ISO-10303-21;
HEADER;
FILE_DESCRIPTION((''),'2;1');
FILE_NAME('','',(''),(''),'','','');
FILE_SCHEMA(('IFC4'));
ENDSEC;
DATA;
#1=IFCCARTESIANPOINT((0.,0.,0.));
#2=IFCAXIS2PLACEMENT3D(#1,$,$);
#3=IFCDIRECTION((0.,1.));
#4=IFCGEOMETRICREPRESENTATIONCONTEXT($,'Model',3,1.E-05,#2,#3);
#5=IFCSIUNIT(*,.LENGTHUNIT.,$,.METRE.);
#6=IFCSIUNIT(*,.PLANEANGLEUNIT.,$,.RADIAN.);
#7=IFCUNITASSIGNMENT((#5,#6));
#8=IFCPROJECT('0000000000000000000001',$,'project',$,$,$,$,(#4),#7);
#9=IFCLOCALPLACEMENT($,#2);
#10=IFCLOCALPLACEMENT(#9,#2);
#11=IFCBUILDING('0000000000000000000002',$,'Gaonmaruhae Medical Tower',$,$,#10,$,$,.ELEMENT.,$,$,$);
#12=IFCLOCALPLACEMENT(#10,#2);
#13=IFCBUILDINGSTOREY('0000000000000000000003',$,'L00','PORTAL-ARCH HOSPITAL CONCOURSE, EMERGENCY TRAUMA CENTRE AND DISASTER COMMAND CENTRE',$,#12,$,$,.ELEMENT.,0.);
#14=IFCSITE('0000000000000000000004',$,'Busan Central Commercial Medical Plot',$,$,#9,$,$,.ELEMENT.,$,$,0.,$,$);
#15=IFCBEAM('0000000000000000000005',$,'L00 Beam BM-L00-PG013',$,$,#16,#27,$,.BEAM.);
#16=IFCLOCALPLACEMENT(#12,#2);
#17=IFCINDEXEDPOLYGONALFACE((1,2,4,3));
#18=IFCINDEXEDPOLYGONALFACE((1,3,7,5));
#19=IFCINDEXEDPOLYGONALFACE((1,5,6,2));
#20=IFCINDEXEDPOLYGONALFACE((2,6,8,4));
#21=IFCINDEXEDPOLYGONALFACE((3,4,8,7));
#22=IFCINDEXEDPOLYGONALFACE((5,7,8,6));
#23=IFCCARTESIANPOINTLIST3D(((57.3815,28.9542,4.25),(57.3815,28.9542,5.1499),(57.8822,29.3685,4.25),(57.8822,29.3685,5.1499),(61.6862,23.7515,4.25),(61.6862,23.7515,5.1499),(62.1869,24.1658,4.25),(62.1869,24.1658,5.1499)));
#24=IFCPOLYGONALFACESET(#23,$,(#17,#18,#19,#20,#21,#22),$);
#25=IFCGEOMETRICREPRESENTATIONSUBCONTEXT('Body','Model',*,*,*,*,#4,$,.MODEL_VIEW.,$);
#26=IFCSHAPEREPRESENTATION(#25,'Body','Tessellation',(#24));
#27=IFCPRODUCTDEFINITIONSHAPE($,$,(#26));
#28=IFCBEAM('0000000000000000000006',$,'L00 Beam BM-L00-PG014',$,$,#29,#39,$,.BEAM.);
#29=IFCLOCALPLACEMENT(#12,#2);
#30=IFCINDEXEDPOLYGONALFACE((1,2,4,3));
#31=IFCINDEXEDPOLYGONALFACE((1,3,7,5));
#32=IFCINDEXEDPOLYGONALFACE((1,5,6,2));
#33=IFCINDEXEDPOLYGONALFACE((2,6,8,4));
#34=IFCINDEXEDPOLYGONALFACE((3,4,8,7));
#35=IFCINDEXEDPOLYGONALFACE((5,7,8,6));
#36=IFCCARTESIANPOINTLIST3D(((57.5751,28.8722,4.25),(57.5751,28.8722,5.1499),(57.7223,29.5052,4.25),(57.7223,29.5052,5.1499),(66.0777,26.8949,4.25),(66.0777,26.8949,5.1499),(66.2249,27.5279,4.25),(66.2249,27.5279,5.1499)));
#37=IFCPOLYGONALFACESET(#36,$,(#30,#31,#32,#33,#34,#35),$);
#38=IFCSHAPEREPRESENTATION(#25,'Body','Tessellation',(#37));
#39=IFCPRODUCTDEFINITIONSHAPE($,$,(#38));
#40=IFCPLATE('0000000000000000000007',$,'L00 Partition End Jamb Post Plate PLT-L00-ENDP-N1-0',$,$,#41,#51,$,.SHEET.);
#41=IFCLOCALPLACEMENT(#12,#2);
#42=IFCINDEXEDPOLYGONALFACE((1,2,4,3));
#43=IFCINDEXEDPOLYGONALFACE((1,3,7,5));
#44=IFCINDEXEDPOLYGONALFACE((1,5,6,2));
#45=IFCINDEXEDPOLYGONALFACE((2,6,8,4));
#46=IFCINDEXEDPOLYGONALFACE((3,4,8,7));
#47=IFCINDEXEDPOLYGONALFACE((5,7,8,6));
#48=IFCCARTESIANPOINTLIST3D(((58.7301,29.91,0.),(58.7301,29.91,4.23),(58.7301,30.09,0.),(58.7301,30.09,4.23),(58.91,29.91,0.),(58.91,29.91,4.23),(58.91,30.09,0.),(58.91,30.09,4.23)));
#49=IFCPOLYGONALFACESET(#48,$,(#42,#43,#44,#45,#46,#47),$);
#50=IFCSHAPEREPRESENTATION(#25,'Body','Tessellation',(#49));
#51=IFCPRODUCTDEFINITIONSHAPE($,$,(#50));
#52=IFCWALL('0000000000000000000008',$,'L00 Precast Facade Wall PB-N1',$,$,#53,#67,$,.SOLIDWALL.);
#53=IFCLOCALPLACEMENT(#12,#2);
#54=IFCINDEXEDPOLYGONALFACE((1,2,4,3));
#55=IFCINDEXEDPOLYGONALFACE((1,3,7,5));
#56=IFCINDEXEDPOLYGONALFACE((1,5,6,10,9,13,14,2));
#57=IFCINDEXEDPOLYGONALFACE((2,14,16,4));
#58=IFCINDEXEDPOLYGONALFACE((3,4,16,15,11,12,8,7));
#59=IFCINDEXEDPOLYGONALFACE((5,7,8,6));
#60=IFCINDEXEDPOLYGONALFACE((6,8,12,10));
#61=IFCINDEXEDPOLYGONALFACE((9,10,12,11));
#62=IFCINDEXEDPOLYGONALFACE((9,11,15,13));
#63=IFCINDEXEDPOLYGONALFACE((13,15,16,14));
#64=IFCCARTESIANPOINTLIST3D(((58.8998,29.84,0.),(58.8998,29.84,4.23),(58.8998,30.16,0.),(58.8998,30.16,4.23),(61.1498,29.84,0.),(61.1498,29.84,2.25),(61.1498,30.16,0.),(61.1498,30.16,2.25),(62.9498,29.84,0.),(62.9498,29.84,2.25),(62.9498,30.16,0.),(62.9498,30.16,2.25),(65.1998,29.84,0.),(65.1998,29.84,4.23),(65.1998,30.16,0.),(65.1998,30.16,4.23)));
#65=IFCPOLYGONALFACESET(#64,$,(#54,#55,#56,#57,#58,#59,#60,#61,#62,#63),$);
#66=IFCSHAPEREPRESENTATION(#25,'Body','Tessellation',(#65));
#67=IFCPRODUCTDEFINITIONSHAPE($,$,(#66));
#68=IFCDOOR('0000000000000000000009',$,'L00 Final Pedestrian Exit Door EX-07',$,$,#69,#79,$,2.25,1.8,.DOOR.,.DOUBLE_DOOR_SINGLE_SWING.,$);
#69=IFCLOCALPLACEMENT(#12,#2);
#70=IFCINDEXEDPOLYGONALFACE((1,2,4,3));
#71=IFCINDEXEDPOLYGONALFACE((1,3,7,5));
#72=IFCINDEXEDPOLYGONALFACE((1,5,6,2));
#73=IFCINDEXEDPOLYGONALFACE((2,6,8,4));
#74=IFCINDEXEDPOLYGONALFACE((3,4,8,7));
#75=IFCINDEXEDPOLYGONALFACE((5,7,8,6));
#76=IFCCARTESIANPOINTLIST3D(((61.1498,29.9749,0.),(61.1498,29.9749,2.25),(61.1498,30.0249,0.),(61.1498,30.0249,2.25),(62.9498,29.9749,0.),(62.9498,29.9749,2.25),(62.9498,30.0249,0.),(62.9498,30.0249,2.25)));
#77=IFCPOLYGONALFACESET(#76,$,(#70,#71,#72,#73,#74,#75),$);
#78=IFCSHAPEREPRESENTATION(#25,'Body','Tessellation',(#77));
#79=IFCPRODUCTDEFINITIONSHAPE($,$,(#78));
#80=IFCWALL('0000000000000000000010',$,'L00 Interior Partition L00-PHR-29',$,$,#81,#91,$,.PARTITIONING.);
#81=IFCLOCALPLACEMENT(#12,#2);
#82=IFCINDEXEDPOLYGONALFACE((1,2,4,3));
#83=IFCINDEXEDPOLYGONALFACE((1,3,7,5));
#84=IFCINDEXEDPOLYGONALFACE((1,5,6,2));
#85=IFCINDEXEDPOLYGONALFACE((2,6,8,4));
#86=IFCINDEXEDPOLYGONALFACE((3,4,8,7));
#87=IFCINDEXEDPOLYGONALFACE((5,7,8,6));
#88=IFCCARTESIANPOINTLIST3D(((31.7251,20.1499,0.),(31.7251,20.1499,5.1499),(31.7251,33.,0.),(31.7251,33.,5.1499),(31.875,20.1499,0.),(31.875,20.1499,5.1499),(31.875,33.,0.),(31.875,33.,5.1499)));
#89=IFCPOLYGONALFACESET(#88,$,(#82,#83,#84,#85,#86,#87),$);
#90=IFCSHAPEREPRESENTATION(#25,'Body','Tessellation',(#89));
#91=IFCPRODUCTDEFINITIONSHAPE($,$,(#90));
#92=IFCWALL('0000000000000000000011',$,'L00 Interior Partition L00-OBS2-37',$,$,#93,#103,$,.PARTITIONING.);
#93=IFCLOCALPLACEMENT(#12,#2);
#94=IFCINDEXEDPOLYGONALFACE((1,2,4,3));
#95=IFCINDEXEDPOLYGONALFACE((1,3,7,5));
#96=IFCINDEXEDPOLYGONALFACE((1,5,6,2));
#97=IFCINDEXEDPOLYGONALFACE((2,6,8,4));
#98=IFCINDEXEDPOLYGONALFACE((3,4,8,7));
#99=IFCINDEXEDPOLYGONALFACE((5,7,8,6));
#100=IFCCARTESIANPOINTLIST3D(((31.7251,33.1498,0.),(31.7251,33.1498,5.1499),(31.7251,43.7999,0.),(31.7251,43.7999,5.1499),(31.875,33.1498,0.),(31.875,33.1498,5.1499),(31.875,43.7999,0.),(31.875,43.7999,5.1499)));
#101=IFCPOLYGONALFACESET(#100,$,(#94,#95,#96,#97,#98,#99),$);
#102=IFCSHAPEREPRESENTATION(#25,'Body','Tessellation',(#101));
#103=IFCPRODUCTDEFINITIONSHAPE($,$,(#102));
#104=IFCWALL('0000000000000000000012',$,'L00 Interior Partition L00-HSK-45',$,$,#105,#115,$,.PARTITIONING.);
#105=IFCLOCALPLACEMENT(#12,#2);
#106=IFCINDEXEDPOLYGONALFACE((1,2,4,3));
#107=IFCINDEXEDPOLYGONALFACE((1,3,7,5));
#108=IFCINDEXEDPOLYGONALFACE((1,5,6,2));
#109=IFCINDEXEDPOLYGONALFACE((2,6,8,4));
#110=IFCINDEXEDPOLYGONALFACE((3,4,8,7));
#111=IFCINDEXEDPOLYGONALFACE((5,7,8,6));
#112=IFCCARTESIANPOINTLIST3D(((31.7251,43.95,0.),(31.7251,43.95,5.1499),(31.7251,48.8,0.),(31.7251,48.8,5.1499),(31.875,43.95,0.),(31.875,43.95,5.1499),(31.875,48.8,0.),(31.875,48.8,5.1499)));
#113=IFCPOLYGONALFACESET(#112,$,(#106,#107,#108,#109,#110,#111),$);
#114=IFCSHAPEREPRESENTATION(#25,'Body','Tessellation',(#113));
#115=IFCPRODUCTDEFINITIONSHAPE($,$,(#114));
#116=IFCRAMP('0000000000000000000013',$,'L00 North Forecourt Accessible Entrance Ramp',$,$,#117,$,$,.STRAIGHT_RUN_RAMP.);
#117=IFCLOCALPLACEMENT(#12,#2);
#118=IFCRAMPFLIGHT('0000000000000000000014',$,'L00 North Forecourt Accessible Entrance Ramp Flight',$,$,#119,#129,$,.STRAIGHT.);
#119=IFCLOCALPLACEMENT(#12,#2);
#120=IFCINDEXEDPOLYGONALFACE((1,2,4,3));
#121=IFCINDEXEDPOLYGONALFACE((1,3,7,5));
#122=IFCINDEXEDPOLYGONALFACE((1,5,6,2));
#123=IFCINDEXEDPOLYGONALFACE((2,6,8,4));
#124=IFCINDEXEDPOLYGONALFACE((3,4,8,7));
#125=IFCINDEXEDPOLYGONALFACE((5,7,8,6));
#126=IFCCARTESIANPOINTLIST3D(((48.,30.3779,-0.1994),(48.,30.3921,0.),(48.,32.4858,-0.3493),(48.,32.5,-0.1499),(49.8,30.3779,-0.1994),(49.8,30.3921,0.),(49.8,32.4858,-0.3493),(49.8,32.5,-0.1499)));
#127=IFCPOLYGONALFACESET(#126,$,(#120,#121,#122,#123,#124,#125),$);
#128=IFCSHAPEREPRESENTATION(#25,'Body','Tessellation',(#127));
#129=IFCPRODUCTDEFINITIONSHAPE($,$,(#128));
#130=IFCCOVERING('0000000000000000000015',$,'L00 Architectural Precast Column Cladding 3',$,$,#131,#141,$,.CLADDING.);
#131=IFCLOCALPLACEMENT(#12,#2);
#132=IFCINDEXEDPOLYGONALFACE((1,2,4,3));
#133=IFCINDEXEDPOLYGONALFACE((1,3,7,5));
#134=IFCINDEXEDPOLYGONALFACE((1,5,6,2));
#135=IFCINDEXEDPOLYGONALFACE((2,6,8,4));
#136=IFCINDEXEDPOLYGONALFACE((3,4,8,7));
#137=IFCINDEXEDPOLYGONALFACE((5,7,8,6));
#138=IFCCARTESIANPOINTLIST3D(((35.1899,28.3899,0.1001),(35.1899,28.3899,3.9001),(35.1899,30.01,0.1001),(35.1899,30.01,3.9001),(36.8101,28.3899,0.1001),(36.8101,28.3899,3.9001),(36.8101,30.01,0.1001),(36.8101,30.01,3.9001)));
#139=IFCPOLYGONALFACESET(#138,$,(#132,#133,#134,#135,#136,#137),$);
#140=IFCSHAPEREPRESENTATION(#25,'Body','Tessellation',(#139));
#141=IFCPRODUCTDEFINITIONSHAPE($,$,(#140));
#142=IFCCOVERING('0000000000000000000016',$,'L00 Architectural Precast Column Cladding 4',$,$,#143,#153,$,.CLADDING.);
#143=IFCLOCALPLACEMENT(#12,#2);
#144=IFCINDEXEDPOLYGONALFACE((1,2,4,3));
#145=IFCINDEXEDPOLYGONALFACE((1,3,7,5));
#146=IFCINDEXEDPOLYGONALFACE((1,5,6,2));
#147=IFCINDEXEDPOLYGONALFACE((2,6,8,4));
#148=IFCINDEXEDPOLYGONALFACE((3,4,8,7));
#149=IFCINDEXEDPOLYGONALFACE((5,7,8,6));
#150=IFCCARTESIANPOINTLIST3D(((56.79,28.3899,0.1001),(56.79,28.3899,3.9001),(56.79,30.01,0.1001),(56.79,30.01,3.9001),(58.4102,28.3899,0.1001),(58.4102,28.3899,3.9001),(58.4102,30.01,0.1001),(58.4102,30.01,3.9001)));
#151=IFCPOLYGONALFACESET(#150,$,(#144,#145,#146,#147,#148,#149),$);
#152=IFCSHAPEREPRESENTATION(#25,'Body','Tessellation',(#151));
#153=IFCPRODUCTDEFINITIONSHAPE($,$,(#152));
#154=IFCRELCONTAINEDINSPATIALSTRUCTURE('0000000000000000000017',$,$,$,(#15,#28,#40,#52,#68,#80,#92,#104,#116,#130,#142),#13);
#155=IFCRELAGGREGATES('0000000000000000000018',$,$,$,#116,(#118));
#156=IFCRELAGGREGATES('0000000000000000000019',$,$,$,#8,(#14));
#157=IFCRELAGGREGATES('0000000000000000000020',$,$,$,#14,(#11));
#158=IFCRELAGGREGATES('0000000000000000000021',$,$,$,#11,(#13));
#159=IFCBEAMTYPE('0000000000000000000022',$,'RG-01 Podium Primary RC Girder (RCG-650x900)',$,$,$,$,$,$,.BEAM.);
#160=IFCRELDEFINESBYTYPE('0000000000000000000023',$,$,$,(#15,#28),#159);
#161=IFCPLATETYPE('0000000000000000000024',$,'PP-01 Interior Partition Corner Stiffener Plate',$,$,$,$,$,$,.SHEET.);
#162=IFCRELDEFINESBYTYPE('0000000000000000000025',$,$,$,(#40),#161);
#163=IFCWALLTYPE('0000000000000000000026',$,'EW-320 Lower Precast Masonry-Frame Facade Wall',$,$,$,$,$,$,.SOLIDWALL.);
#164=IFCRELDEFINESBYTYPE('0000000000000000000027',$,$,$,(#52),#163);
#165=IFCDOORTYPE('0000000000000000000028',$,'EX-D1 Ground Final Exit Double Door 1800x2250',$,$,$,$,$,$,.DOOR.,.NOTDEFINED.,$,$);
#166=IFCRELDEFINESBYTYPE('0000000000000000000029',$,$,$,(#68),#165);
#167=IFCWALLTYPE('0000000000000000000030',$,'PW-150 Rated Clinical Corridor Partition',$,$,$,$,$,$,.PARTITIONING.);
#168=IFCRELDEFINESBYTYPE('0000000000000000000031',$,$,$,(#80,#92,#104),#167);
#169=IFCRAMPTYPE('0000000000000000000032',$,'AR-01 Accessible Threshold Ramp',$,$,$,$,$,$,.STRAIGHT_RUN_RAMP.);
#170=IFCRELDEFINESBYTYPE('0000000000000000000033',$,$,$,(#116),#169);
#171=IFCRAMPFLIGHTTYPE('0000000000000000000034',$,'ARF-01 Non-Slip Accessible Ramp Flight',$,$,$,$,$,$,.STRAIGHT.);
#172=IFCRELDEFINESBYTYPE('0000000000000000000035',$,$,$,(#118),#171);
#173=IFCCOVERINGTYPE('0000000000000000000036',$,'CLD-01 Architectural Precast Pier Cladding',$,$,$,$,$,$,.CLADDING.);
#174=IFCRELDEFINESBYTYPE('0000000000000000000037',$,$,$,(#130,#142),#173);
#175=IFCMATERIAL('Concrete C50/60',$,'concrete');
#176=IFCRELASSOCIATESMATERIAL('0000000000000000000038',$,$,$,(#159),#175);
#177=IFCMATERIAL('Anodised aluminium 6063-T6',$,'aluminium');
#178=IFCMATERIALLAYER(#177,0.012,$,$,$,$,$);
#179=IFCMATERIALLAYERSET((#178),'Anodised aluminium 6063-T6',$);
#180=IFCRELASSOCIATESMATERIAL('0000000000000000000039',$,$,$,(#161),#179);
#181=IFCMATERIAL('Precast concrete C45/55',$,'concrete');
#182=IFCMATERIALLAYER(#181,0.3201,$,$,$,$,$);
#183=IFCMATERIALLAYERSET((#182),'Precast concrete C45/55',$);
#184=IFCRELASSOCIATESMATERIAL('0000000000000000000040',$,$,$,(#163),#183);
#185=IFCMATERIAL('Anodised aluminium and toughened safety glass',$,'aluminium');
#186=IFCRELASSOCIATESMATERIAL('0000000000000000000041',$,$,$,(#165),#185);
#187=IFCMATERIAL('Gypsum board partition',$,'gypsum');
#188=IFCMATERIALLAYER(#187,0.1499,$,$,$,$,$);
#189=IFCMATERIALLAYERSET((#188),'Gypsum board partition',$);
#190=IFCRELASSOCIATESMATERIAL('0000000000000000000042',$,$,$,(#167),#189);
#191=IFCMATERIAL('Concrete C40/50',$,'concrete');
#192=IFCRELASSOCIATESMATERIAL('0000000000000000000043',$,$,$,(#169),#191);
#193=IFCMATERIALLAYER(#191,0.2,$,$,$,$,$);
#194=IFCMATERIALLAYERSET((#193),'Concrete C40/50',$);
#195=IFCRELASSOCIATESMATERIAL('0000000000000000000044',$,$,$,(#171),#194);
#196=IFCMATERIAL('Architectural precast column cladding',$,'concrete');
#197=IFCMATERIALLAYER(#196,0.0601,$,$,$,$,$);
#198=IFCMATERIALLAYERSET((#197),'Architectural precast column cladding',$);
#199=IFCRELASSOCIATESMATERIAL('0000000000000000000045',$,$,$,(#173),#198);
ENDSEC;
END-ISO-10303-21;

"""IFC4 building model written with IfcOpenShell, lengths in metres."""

from ifc_helpers import new_model, si_unit, direction, frame, frame_2d, origin, origin_2d, place, context, subcontext, project, spatial, polyline, rectangle, outline, extrude, material, layer, layer_set, material_profile, profile_set, type_object, element, fill, aggregate, save


model = new_model("IFC4")

# Units and contexts
model_context = context("Model", 3, precision=1e-05, world=origin(), true_north=direction((0.0, 1.0)))
body_context = subcontext(model_context, "Body", "Model", "MODEL_VIEW")
ifc_project = project(units=[si_unit("LENGTHUNIT", "METRE"), si_unit("PLANEANGLEUNIT", "RADIAN")], contexts=[model_context])

# Site, building, storey
site_placement = place(None, origin())
site = spatial("IfcSite", under=ifc_project, at=site_placement, Name="Busan Central Commercial Medical Plot", CompositionType="ELEMENT", RefElevation=0.0)
building_placement = place(site_placement, origin())
building = spatial("IfcBuilding", under=site, at=building_placement, Name="Gaonmaruhae Medical Tower", CompositionType="ELEMENT")
storey_placement = place(building_placement, origin())
storey = spatial("IfcBuildingStorey", under=building, at=storey_placement, Name="L00", Description="PORTAL-ARCH HOSPITAL CONCOURSE, EMERGENCY TRAUMA CENTRE AND DISASTER COMMAND CENTRE", CompositionType="ELEMENT", Elevation=0.0)

# Shared definitions
ifc_material_1 = material(Name="Concrete C40/50", Category="concrete")

# Beams
ifc_material_2 = material(Name="Concrete C50/60", Category="concrete")
ifc_material_profile_1 = material_profile(ifc_material_2, rectangle(XDim=0.6499, YDim=0.8999, at=origin_2d()), Name="RCG-650x900")
ifc_profile_set_1 = profile_set([ifc_material_profile_1], Name="Concrete C50/60")
beam_type = type_object("IfcBeamType", Name="RG-01 Podium Primary RC Girder (RCG-650x900)", PredefinedType="BEAM", material=ifc_profile_set_1)
beam_1_placement = place(storey_placement, frame((57.6318, 29.1614, 4.7), z_axis=(0.637485, -0.770463, 0.0), x_axis=(0.770463, 0.637485, 0.0)))
element("IfcBeam", 1, at=beam_1_placement, inside=storey, type_object=beam_type, Name="L00 Beam BM-L00-PG013", PredefinedType="BEAM", context=body_context, shape_type="SweptSolid", body=[
    extrude(rectangle(XDim=0.6499, YDim=0.8999, at=origin_2d()), origin(), (0.0, 0.0, 1.0), 6.7527),
])
beam_2_placement = place(storey_placement, frame((57.6487, 29.1887, 4.7), z_axis=(0.97401, -0.226505, 0.0), x_axis=(0.226505, 0.97401, 0.0)))
element("IfcBeam", 2, at=beam_2_placement, inside=storey, type_object=beam_type, Name="L00 Beam BM-L00-PG014", PredefinedType="BEAM", context=body_context, shape_type="SweptSolid", body=[
    extrude(rectangle(XDim=0.6499, YDim=0.8999, at=origin_2d()), origin(), (0.0, 0.0, 1.0), 8.7295),
])

# Plate
ifc_material_3 = material(Name="Anodised aluminium 6063-T6", Category="aluminium")
ifc_layer_1 = layer(ifc_material_3, 0.012)
ifc_layer_set_1 = layer_set([ifc_layer_1], Name="Anodised aluminium 6063-T6")
plate_type = type_object("IfcPlateType", Name="PP-01 Interior Partition Corner Stiffener Plate", PredefinedType="SHEET", material=ifc_layer_set_1)
plate_placement = place(storey_placement, frame((58.8201, 30.0, 0.0), z_axis=(0.0, 0.0, 1.0), x_axis=(1.0, 0.0, 0.0)))
element("IfcPlate", 3, at=plate_placement, inside=storey, type_object=plate_type, Name="L00 Partition End Jamb Post Plate PLT-L00-ENDP-N1-0", PredefinedType="SHEET", context=body_context, shape_type="SweptSolid", body=[
    extrude(rectangle(XDim=0.1799, YDim=0.1799, at=origin_2d()), origin(), (0.0, 0.0, 1.0), 4.23),
])

# Wall, opening, door
ifc_material_4 = material(Name="Precast concrete C45/55", Category="concrete")
ifc_layer_2 = layer(ifc_material_4, 0.3201)
ifc_layer_set_2 = layer_set([ifc_layer_2], Name="Precast concrete C45/55")
wall_type_1 = type_object("IfcWallType", Name="EW-320 Lower Precast Masonry-Frame Facade Wall", PredefinedType="SOLIDWALL", material=ifc_layer_set_2)
wall_1_placement = place(storey_placement, frame((58.8999, 30.0, 0.0), z_axis=(0.0, 0.0, 1.0), x_axis=(1.0, 0.0, 0.0)))
wall_1 = element("IfcWall", 4, at=wall_1_placement, inside=storey, type_object=wall_type_1, Name="L00 Precast Facade Wall PB-N1", PredefinedType="SOLIDWALL", context=body_context, shape_type="SweptSolid", body=[
    extrude(rectangle(XDim=6.3, YDim=0.3201, at=frame_2d((3.1499, 0.0))), origin(), (0.0, 0.0, 1.0), 4.23),
])
opening_placement = place(wall_1_placement, frame((2.25, 0.0, 0.0)))
opening = element("IfcOpeningElement", 5, at=opening_placement, cuts=wall_1, PredefinedType="OPENING", context=body_context, shape_type="SweptSolid", body=[
    extrude(rectangle(XDim=1.8, YDim=2.25, at=frame_2d((0.8999, 1.125))), frame((0.0, 0.1699, 0.0), z_axis=(0.0, -1.0, 0.0), x_axis=(1.0, 0.0, 0.0)), (0.0, 0.0, 1.0), 0.3401),
])
ifc_material_5 = material(Name="Anodised aluminium and toughened safety glass", Category="aluminium")
door_type = type_object("IfcDoorType", Name="EX-D1 Ground Final Exit Double Door 1800x2250", OperationType="NOTDEFINED", PredefinedType="DOOR", material=ifc_material_5)
door_placement = place(opening_placement, origin())
door = element("IfcDoor", 6, at=door_placement, inside=storey, type_object=door_type, Name="L00 Final Pedestrian Exit Door EX-07", OperationType="DOUBLE_DOOR_SINGLE_SWING", OverallHeight=2.25, OverallWidth=1.8, PredefinedType="DOOR", context=body_context, shape_type="SweptSolid", body=[
    extrude(rectangle(XDim=1.8, YDim=2.25, at=frame_2d((0.8999, 1.125))), frame((0.0, 0.0249, 0.0), z_axis=(0.0, -1.0, 0.0), x_axis=(1.0, 0.0, 0.0)), (0.0, 0.0, 1.0), 0.05),
])
fill(opening, door)

# Walls
ifc_material_6 = material(Name="Gypsum board partition", Category="gypsum")
ifc_layer_3 = layer(ifc_material_6, 0.1499)
ifc_layer_set_3 = layer_set([ifc_layer_3], Name="Gypsum board partition")
wall_type_2 = type_object("IfcWallType", Name="PW-150 Rated Clinical Corridor Partition", PredefinedType="PARTITIONING", material=ifc_layer_set_3)
wall_2_placement = place(storey_placement, frame((31.8, 33.0, 0.0), z_axis=(0.0, 0.0, 1.0), x_axis=(0.0, -1.0, 0.0)))
element("IfcWall", 7, at=wall_2_placement, inside=storey, type_object=wall_type_2, Name="L00 Interior Partition L00-PHR-29", PredefinedType="PARTITIONING", context=body_context, shape_type="SweptSolid", body=[
    extrude(rectangle(XDim=12.8501, YDim=0.1499, at=frame_2d((6.425, 0.0))), origin(), (0.0, 0.0, 1.0), 5.1499),
])
wall_3_placement = place(storey_placement, frame((31.8, 43.8, 0.0), z_axis=(0.0, 0.0, 1.0), x_axis=(0.0, -1.0, 0.0)))
element("IfcWall", 8, at=wall_3_placement, inside=storey, type_object=wall_type_2, Name="L00 Interior Partition L00-OBS2-37", PredefinedType="PARTITIONING", context=body_context, shape_type="SweptSolid", body=[
    extrude(rectangle(XDim=10.6501, YDim=0.1499, at=frame_2d((5.3252, 0.0))), origin(), (0.0, 0.0, 1.0), 5.1499),
])
wall_4_placement = place(storey_placement, frame((31.8, 48.8, 0.0), z_axis=(0.0, 0.0, 1.0), x_axis=(0.0, -1.0, 0.0)))
element("IfcWall", 9, at=wall_4_placement, inside=storey, type_object=wall_type_2, Name="L00 Interior Partition L00-HSK-45", PredefinedType="PARTITIONING", context=body_context, shape_type="SweptSolid", body=[
    extrude(rectangle(XDim=4.8501, YDim=0.1499, at=frame_2d((2.425, 0.0))), origin(), (0.0, 0.0, 1.0), 5.1499),
])

# Ramp, ramp flight
ramp_type = type_object("IfcRampType", Name="AR-01 Accessible Threshold Ramp", PredefinedType="STRAIGHT_RUN_RAMP", material=ifc_material_1)
ramp_placement = place(storey_placement, origin())
ramp = element("IfcRamp", 10, at=ramp_placement, inside=storey, type_object=ramp_type, Name="L00 North Forecourt Accessible Entrance Ramp", PredefinedType="STRAIGHT_RUN_RAMP")
ifc_layer_4 = layer(ifc_material_1, 0.2)
ifc_layer_set_4 = layer_set([ifc_layer_4], Name="Concrete C40/50")
ramp_flight_type = type_object("IfcRampFlightType", Name="ARF-01 Non-Slip Accessible Ramp Flight", PredefinedType="STRAIGHT", material=ifc_layer_set_4)
ramp_flight_placement = place(storey_placement, frame((48.0, 32.5, -0.1499), z_axis=(0.0, 0.070935, 0.997481), x_axis=(1.0, 0.0, 0.0)))
ramp_flight = element("IfcRampFlight", 11, at=ramp_flight_placement, type_object=ramp_flight_type, Name="L00 North Forecourt Accessible Entrance Ramp Flight", PredefinedType="STRAIGHT", context=body_context, shape_type="SweptSolid", body=[
    extrude(outline(polyline([(0.0, 0.0), (1.8, 0.0), (1.8, -2.1132), (0.0, -2.1132), (0.0, 0.0)])), origin(), (0.0, 0.0, -1.0), 0.2),
])
aggregate(ramp, [ramp_flight])

# Coverings
ifc_material_7 = material(Name="Architectural precast column cladding", Category="concrete")
ifc_layer_5 = layer(ifc_material_7, 0.0601)
ifc_layer_set_5 = layer_set([ifc_layer_5], Name="Architectural precast column cladding")
covering_type = type_object("IfcCoveringType", Name="CLD-01 Architectural Precast Pier Cladding", PredefinedType="CLADDING", material=ifc_layer_set_5)
for number, where, z_axis, x_axis, name in (
    (12, (36.0, 29.2, 0.1001), (0.0, 0.0, 1.0), (1.0, 0.0, 0.0), "L00 Architectural Precast Column Cladding 3"),
    (13, (57.6001, 29.2, 0.1001), (0.0, 0.0, 1.0), (1.0, 0.0, 0.0), "L00 Architectural Precast Column Cladding 4"),
):
    element("IfcCovering", number, at=place(storey_placement, frame(where, z_axis=z_axis, x_axis=x_axis)), inside=storey, type_object=covering_type, Name=name, PredefinedType="CLADDING", context=body_context, shape_type="SweptSolid", body=[
        extrude(rectangle(XDim=1.6201, YDim=1.6201, at=origin_2d()), origin(), (0.0, 0.0, 1.0), 3.8),
    ])

save(model, "model.ifc")
